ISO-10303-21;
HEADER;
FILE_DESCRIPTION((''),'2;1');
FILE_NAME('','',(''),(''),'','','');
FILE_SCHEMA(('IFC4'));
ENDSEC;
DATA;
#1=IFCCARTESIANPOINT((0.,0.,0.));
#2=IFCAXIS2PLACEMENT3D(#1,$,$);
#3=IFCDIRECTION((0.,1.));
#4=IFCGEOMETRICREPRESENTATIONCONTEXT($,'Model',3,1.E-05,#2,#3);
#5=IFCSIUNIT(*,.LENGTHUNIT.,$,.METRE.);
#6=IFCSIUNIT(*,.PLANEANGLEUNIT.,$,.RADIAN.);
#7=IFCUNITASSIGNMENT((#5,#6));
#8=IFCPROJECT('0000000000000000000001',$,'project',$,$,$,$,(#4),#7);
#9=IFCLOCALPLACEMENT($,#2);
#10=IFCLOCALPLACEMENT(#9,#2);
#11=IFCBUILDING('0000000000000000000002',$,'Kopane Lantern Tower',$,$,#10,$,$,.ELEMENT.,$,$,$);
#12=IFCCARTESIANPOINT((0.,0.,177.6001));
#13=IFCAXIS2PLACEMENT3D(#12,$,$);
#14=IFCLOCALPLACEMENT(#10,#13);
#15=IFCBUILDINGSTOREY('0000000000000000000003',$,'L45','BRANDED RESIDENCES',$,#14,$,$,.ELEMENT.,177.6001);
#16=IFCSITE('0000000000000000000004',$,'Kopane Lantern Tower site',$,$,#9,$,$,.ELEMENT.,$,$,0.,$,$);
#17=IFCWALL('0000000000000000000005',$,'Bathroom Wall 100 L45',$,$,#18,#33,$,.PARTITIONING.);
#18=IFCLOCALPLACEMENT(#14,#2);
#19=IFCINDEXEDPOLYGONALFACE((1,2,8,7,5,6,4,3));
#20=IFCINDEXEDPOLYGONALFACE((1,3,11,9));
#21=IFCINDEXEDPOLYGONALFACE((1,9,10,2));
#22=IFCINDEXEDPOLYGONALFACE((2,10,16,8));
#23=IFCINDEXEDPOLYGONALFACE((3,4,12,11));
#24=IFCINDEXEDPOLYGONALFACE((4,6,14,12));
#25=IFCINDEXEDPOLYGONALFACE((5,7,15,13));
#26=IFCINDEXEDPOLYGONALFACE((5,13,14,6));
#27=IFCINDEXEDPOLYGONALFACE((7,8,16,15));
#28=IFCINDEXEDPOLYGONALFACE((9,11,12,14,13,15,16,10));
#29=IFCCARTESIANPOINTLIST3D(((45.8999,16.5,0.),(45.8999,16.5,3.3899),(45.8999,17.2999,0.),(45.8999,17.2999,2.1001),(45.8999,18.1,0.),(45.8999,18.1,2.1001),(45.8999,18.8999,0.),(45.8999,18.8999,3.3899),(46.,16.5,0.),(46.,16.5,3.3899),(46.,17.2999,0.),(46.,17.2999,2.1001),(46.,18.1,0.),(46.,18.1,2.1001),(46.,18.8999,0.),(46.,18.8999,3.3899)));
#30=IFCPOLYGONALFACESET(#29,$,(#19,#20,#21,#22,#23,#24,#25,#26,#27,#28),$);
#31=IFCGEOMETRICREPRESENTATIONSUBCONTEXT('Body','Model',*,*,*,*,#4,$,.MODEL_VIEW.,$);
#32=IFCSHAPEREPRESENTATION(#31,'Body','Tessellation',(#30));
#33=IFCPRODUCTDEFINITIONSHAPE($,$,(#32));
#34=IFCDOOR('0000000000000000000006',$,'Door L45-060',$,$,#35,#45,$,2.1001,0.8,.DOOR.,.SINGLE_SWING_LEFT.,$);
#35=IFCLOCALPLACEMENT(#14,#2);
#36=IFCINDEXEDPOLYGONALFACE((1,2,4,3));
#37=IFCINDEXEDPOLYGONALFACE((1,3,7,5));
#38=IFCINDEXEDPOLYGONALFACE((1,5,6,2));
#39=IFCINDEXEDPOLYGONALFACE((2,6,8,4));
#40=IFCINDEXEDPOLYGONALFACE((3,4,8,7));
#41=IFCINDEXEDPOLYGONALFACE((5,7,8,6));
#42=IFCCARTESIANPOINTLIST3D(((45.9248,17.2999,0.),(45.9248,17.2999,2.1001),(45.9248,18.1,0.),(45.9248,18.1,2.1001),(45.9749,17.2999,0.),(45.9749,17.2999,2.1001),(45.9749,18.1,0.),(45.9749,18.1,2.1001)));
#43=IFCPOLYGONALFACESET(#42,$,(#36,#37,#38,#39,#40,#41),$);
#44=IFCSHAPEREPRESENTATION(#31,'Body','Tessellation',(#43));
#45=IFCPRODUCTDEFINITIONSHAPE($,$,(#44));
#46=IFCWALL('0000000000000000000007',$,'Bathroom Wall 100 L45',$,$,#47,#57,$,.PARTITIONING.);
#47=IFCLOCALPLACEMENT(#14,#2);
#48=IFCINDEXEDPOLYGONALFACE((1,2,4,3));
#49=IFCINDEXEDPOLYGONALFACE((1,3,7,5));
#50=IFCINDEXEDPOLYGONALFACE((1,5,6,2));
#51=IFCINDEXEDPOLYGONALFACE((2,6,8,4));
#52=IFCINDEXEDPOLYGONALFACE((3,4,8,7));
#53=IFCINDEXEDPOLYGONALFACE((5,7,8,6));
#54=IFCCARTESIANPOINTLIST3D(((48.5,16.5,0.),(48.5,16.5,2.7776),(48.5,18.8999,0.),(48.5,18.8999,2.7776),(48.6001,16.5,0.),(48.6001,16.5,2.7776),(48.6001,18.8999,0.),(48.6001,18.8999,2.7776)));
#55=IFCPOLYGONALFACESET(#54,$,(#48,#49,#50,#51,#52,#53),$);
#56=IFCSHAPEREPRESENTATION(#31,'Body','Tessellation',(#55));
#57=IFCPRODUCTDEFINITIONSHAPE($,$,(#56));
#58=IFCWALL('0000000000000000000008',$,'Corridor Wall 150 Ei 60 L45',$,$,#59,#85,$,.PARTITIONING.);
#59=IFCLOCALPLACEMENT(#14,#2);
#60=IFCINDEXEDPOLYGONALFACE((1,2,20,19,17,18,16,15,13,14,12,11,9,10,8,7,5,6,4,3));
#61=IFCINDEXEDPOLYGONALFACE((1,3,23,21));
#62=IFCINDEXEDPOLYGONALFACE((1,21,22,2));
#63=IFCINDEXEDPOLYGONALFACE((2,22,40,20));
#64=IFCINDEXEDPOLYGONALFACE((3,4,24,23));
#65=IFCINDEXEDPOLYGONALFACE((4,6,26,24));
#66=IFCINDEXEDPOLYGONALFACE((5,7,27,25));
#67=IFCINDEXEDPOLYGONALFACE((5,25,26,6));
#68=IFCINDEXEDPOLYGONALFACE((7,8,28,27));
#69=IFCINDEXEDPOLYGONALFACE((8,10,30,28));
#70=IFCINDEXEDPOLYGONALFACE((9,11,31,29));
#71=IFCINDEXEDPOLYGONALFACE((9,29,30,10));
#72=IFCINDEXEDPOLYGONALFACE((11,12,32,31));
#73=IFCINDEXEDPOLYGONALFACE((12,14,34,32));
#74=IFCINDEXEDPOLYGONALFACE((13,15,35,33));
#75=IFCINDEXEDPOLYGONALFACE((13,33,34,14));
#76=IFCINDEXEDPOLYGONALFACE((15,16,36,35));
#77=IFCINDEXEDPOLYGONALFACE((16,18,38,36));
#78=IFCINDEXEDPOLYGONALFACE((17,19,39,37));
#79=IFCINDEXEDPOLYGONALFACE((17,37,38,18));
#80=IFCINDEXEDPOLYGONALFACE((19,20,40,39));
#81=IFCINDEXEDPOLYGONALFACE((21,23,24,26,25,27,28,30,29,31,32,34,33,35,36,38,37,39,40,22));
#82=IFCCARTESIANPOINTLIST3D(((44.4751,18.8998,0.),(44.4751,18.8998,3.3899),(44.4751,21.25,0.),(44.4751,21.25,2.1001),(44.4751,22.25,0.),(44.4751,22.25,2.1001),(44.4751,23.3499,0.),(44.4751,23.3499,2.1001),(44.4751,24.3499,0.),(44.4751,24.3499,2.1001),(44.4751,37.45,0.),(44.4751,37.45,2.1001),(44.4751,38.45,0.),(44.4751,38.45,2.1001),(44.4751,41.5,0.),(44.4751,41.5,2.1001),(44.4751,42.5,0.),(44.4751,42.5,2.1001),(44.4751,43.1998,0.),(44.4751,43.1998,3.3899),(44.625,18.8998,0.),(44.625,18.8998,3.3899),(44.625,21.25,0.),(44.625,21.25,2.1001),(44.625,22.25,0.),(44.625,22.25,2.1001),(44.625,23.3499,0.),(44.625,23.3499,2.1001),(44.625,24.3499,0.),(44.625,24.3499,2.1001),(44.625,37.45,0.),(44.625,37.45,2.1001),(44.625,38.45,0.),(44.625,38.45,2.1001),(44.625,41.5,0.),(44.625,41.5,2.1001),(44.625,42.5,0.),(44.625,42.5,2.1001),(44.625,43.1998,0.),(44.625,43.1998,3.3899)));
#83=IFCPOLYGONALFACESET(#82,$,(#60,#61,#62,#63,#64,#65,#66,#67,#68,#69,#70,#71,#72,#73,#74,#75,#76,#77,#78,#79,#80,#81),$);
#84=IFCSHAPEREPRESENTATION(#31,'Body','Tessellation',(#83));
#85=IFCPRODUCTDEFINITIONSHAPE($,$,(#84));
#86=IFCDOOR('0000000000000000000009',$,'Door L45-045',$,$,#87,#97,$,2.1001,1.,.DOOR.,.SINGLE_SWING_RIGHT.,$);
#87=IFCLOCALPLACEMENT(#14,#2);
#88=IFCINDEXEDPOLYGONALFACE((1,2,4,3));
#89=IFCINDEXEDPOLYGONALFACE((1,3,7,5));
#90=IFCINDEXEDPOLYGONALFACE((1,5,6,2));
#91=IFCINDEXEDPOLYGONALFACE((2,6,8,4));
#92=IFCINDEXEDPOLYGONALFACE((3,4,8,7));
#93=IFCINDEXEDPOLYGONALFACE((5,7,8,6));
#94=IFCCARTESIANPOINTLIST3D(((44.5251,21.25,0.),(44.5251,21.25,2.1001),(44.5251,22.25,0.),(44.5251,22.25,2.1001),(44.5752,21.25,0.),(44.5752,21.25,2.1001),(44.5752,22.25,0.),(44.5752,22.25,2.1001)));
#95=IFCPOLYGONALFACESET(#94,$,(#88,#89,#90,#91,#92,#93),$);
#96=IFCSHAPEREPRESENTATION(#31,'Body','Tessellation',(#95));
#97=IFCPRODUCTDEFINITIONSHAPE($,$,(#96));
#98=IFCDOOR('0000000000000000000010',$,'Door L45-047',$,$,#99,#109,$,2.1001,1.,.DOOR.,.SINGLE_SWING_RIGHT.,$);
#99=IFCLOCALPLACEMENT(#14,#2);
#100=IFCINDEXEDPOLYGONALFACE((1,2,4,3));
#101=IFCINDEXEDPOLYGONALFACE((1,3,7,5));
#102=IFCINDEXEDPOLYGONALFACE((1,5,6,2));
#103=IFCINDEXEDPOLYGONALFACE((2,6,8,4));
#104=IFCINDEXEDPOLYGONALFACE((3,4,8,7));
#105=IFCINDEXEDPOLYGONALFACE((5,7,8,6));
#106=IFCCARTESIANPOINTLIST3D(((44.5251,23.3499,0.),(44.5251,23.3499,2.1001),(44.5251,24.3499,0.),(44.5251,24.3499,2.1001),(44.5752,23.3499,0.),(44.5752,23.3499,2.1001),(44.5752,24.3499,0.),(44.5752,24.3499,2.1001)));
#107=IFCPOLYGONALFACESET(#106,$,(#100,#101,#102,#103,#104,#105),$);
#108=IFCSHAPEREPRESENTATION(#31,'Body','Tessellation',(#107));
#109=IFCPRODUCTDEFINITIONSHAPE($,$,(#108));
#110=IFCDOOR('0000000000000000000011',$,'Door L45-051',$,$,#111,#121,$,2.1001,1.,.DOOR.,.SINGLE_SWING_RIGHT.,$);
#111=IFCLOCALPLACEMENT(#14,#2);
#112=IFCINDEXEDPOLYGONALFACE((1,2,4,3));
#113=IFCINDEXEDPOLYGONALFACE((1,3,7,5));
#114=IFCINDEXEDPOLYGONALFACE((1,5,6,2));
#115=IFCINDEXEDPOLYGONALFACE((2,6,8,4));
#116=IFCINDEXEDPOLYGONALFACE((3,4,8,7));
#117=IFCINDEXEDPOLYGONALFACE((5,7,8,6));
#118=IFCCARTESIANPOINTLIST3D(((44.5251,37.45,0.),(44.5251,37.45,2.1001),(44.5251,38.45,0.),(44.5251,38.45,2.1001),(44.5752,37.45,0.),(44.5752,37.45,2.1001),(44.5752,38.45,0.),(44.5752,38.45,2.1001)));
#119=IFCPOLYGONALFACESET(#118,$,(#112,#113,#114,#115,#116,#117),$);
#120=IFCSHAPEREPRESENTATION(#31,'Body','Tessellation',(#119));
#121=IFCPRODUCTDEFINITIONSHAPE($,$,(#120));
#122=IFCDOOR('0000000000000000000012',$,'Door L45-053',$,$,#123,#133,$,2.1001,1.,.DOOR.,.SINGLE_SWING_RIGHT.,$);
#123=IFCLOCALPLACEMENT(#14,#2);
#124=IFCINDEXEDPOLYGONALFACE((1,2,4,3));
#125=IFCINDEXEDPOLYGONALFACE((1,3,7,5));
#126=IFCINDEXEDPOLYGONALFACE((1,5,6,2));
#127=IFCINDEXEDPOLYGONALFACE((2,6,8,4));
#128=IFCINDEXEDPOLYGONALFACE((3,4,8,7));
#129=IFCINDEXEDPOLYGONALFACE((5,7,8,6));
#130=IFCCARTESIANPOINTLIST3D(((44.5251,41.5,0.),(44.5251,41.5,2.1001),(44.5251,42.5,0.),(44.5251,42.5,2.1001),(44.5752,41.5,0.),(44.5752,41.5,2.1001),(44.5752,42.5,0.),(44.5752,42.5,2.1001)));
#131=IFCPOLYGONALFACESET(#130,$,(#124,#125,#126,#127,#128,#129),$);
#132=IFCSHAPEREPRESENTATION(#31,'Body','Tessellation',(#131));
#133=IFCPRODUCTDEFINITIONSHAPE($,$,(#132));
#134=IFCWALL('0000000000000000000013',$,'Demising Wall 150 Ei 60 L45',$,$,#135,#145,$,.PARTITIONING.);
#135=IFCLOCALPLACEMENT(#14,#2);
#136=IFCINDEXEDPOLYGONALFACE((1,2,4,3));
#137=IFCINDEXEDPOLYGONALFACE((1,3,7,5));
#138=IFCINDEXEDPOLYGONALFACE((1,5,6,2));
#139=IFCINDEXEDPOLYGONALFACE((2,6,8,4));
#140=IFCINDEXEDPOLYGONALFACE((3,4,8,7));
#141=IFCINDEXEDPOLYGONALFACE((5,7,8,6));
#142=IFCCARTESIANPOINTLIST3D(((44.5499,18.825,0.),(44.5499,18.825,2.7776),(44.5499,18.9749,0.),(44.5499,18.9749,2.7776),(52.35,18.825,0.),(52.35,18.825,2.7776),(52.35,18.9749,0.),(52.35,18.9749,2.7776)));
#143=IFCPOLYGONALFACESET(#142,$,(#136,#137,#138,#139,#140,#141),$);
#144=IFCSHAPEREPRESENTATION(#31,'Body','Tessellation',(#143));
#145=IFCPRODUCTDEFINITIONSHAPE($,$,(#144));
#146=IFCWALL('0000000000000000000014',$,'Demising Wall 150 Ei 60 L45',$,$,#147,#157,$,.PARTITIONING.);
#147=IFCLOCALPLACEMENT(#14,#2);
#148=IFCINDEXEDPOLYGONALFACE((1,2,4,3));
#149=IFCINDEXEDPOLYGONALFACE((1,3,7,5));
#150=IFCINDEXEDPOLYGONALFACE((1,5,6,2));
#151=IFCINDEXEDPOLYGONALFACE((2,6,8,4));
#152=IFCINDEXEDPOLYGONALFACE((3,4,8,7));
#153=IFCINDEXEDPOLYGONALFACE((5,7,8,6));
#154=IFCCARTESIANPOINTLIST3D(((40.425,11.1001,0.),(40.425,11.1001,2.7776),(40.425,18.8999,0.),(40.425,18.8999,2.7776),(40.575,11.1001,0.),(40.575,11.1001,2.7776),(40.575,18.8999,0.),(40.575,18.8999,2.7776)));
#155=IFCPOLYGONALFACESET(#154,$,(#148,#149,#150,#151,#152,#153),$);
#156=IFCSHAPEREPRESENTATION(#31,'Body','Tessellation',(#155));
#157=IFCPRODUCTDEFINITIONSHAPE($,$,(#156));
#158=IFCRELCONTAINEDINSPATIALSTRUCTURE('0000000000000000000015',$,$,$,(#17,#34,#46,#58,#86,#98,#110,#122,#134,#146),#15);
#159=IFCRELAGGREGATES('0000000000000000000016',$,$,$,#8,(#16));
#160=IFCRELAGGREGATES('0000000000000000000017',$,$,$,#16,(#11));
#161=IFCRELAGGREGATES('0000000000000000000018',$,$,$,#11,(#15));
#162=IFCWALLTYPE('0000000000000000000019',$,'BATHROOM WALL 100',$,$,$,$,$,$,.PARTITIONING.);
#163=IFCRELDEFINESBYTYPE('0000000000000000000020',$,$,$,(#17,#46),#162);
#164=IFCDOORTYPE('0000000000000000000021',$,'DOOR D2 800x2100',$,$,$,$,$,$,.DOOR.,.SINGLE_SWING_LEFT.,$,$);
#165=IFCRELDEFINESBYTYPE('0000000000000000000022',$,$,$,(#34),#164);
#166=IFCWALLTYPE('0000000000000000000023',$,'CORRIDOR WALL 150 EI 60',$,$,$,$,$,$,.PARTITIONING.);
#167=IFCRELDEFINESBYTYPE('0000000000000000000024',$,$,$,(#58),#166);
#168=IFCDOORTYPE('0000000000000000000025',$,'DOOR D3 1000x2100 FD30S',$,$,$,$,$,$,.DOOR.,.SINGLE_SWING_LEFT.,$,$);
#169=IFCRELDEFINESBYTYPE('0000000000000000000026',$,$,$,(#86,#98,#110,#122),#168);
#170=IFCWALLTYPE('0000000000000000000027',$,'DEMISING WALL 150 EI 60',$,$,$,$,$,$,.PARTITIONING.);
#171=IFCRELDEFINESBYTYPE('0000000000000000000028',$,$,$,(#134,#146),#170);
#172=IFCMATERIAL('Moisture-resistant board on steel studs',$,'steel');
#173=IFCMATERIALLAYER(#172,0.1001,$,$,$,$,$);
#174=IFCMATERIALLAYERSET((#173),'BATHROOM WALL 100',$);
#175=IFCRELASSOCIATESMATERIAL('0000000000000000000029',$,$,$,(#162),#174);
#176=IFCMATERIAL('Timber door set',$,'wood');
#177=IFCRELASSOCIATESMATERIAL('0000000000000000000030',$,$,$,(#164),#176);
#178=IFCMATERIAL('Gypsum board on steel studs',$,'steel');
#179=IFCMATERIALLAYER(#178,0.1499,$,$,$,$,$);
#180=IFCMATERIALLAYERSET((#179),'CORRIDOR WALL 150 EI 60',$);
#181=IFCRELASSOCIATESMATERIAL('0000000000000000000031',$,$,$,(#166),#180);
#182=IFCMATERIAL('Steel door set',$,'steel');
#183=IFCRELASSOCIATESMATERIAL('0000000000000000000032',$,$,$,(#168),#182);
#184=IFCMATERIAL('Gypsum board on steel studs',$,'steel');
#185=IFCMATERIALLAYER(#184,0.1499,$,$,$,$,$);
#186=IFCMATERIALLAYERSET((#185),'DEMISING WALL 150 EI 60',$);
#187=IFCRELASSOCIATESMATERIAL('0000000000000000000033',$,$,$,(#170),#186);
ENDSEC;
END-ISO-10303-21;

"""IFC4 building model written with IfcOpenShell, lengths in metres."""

from ifc_helpers import new_model, si_unit, direction, frame, frame_2d, origin, place, context, subcontext, project, spatial, rectangle, extrude, material, layer, layer_set, type_object, element, fill, save


model = new_model("IFC4")

# Units and contexts
model_context = context("Model", 3, precision=1e-05, world=origin(), true_north=direction((0.0, 1.0)))
body_context = subcontext(model_context, "Body", "Model", "MODEL_VIEW")
ifc_project = project(units=[si_unit("LENGTHUNIT", "METRE"), si_unit("PLANEANGLEUNIT", "RADIAN")], contexts=[model_context])

# Site, building, storey
site_placement = place(None, origin())
site = spatial("IfcSite", under=ifc_project, at=site_placement, Name="Kopane Lantern Tower site", CompositionType="ELEMENT", RefElevation=0.0)
building_placement = place(site_placement, origin())
building = spatial("IfcBuilding", under=site, at=building_placement, Name="Kopane Lantern Tower", CompositionType="ELEMENT")
storey_placement = place(building_placement, frame((0.0, 0.0, 177.6001)))
storey = spatial("IfcBuildingStorey", under=building, at=storey_placement, Name="L45", Description="BRANDED RESIDENCES", CompositionType="ELEMENT", Elevation=177.6001)

# Shared definitions
ifc_material_1 = material(Name="Moisture-resistant board on steel studs", Category="steel")
ifc_layer_1 = layer(ifc_material_1, 0.1001)
ifc_layer_set_1 = layer_set([ifc_layer_1], Name="BATHROOM WALL 100")
wall_type_1 = type_object("IfcWallType", Name="BATHROOM WALL 100", PredefinedType="PARTITIONING", material=ifc_layer_set_1)

# Wall, opening, door
wall_1_placement = place(storey_placement, frame((45.95, 18.8999, 0.0), z_axis=(0.0, 0.0, 1.0), x_axis=(0.0, -1.0, 0.0)))
wall_1 = element("IfcWall", 1, at=wall_1_placement, inside=storey, type_object=wall_type_1, Name="Bathroom Wall 100 L45", PredefinedType="PARTITIONING", context=body_context, shape_type="SweptSolid", body=[
    extrude(rectangle(XDim=2.3999, YDim=0.1001, at=frame_2d((1.2, 0.0))), origin(), (0.0, 0.0, 1.0), 3.3899),
])
opening_1_placement = place(wall_1_placement, frame((0.8, 0.0, 0.0)))
opening_1 = element("IfcOpeningElement", 2, at=opening_1_placement, cuts=wall_1, PredefinedType="OPENING", context=body_context, shape_type="SweptSolid", body=[
    extrude(rectangle(XDim=0.8, YDim=2.1001, at=frame_2d((0.3999, 1.05))), frame((0.0, 0.0601, 0.0), z_axis=(0.0, -1.0, 0.0), x_axis=(1.0, 0.0, 0.0)), (0.0, 0.0, 1.0), 0.1201),
])
ifc_material_2 = material(Name="Timber door set", Category="wood")
door_type_1 = type_object("IfcDoorType", Name="DOOR D2 800x2100", OperationType="SINGLE_SWING_LEFT", PredefinedType="DOOR", material=ifc_material_2)
door_1_placement = place(opening_1_placement, origin())
door_1 = element("IfcDoor", 3, at=door_1_placement, inside=storey, type_object=door_type_1, Name="Door L45-060", OperationType="SINGLE_SWING_LEFT", OverallHeight=2.1001, OverallWidth=0.8, PredefinedType="DOOR", context=body_context, shape_type="SweptSolid", body=[
    extrude(rectangle(XDim=0.8, YDim=2.1001, at=frame_2d((0.3999, 1.05))), frame((0.0, 0.0249, 0.0), z_axis=(0.0, -1.0, 0.0), x_axis=(1.0, 0.0, 0.0)), (0.0, 0.0, 1.0), 0.05),
])
fill(opening_1, door_1)

# Wall
wall_2_placement = place(storey_placement, frame((48.55, 18.8999, 0.0), z_axis=(0.0, 0.0, 1.0), x_axis=(0.0, -1.0, 0.0)))
element("IfcWall", 4, at=wall_2_placement, inside=storey, type_object=wall_type_1, Name="Bathroom Wall 100 L45", PredefinedType="PARTITIONING", context=body_context, shape_type="SweptSolid", body=[
    extrude(rectangle(XDim=2.3999, YDim=0.1001, at=frame_2d((1.2, 0.0))), origin(), (0.0, 0.0, 1.0), 2.7776),
])

# Wall, openings, doors
ifc_material_3 = material(Name="Gypsum board on steel studs", Category="steel")
ifc_layer_2 = layer(ifc_material_3, 0.1499)
ifc_layer_set_2 = layer_set([ifc_layer_2], Name="CORRIDOR WALL 150 EI 60")
wall_type_2 = type_object("IfcWallType", Name="CORRIDOR WALL 150 EI 60", PredefinedType="PARTITIONING", material=ifc_layer_set_2)
wall_3_placement = place(storey_placement, frame((44.55, 18.8999, 0.0), z_axis=(0.0, 0.0, 1.0), x_axis=(0.0, 1.0, 0.0)))
wall_3 = element("IfcWall", 5, at=wall_3_placement, inside=storey, type_object=wall_type_2, Name="Corridor Wall 150 Ei 60 L45", PredefinedType="PARTITIONING", context=body_context, shape_type="SweptSolid", body=[
    extrude(rectangle(XDim=24.3, YDim=0.1499, at=frame_2d((12.1499, 0.0))), origin(), (0.0, 0.0, 1.0), 3.3899),
])
opening_2_placement = place(wall_3_placement, frame((2.3501, 0.0, 0.0)))
opening_2 = element("IfcOpeningElement", 6, at=opening_2_placement, cuts=wall_3, PredefinedType="OPENING", context=body_context, shape_type="SweptSolid", body=[
    extrude(rectangle(XDim=1.0, YDim=2.1001, at=frame_2d((0.5, 1.05))), frame((0.0, 0.085, 0.0), z_axis=(0.0, -1.0, 0.0), x_axis=(1.0, 0.0, 0.0)), (0.0, 0.0, 1.0), 0.1699),
])
opening_3_placement = place(wall_3_placement, frame((4.45, 0.0, 0.0)))
opening_3 = element("IfcOpeningElement", 7, at=opening_3_placement, cuts=wall_3, PredefinedType="OPENING", context=body_context, shape_type="SweptSolid", body=[
    extrude(rectangle(XDim=1.0, YDim=2.1001, at=frame_2d((0.5, 1.05))), frame((0.0, 0.085, 0.0), z_axis=(0.0, -1.0, 0.0), x_axis=(1.0, 0.0, 0.0)), (0.0, 0.0, 1.0), 0.1699),
])
opening_4_placement = place(wall_3_placement, frame((18.55, 0.0, 0.0)))
opening_4 = element("IfcOpeningElement", 8, at=opening_4_placement, cuts=wall_3, PredefinedType="OPENING", context=body_context, shape_type="SweptSolid", body=[
    extrude(rectangle(XDim=1.0, YDim=2.1001, at=frame_2d((0.5, 1.05))), frame((0.0, 0.085, 0.0), z_axis=(0.0, -1.0, 0.0), x_axis=(1.0, 0.0, 0.0)), (0.0, 0.0, 1.0), 0.1699),
])
opening_5_placement = place(wall_3_placement, frame((22.6001, 0.0, 0.0)))
opening_5 = element("IfcOpeningElement", 9, at=opening_5_placement, cuts=wall_3, PredefinedType="OPENING", context=body_context, shape_type="SweptSolid", body=[
    extrude(rectangle(XDim=1.0, YDim=2.1001, at=frame_2d((0.5, 1.05))), frame((0.0, 0.085, 0.0), z_axis=(0.0, -1.0, 0.0), x_axis=(1.0, 0.0, 0.0)), (0.0, 0.0, 1.0), 0.1699),
])
ifc_material_4 = material(Name="Steel door set", Category="steel")
door_type_2 = type_object("IfcDoorType", Name="DOOR D3 1000x2100 FD30S", OperationType="SINGLE_SWING_LEFT", PredefinedType="DOOR", material=ifc_material_4)
door_2_placement = place(opening_2_placement, origin())
door_2 = element("IfcDoor", 10, at=door_2_placement, inside=storey, type_object=door_type_2, Name="Door L45-045", OperationType="SINGLE_SWING_RIGHT", OverallHeight=2.1001, OverallWidth=1.0, PredefinedType="DOOR", context=body_context, shape_type="SweptSolid", body=[
    extrude(rectangle(XDim=1.0, YDim=2.1001, at=frame_2d((0.5, 1.05))), frame((0.0, 0.0249, 0.0), z_axis=(0.0, -1.0, 0.0), x_axis=(1.0, 0.0, 0.0)), (0.0, 0.0, 1.0), 0.05),
])
fill(opening_2, door_2)
door_3_placement = place(opening_3_placement, origin())
door_3 = element("IfcDoor", 11, at=door_3_placement, inside=storey, type_object=door_type_2, Name="Door L45-047", OperationType="SINGLE_SWING_RIGHT", OverallHeight=2.1001, OverallWidth=1.0, PredefinedType="DOOR", context=body_context, shape_type="SweptSolid", body=[
    extrude(rectangle(XDim=1.0, YDim=2.1001, at=frame_2d((0.5, 1.05))), frame((0.0, 0.0249, 0.0), z_axis=(0.0, -1.0, 0.0), x_axis=(1.0, 0.0, 0.0)), (0.0, 0.0, 1.0), 0.05),
])
fill(opening_3, door_3)
door_4_placement = place(opening_4_placement, origin())
door_4 = element("IfcDoor", 12, at=door_4_placement, inside=storey, type_object=door_type_2, Name="Door L45-051", OperationType="SINGLE_SWING_RIGHT", OverallHeight=2.1001, OverallWidth=1.0, PredefinedType="DOOR", context=body_context, shape_type="SweptSolid", body=[
    extrude(rectangle(XDim=1.0, YDim=2.1001, at=frame_2d((0.5, 1.05))), frame((0.0, 0.0249, 0.0), z_axis=(0.0, -1.0, 0.0), x_axis=(1.0, 0.0, 0.0)), (0.0, 0.0, 1.0), 0.05),
])
fill(opening_4, door_4)
door_5_placement = place(opening_5_placement, origin())
door_5 = element("IfcDoor", 13, at=door_5_placement, inside=storey, type_object=door_type_2, Name="Door L45-053", OperationType="SINGLE_SWING_RIGHT", OverallHeight=2.1001, OverallWidth=1.0, PredefinedType="DOOR", context=body_context, shape_type="SweptSolid", body=[
    extrude(rectangle(XDim=1.0, YDim=2.1001, at=frame_2d((0.5, 1.05))), frame((0.0, 0.0249, 0.0), z_axis=(0.0, -1.0, 0.0), x_axis=(1.0, 0.0, 0.0)), (0.0, 0.0, 1.0), 0.05),
])
fill(opening_5, door_5)

# Walls
ifc_material_5 = material(Name="Gypsum board on steel studs", Category="steel")
ifc_layer_3 = layer(ifc_material_5, 0.1499)
ifc_layer_set_3 = layer_set([ifc_layer_3], Name="DEMISING WALL 150 EI 60")
wall_type_3 = type_object("IfcWallType", Name="DEMISING WALL 150 EI 60", PredefinedType="PARTITIONING", material=ifc_layer_set_3)
wall_4_placement = place(storey_placement, frame((44.55, 18.8999, 0.0), z_axis=(0.0, 0.0, 1.0), x_axis=(1.0, 0.0, 0.0)))
element("IfcWall", 14, at=wall_4_placement, inside=storey, type_object=wall_type_3, Name="Demising Wall 150 Ei 60 L45", PredefinedType="PARTITIONING", context=body_context, shape_type="SweptSolid", body=[
    extrude(rectangle(XDim=7.8, YDim=0.1499, at=frame_2d((3.8999, 0.0))), origin(), (0.0, 0.0, 1.0), 2.7776),
])
wall_5_placement = place(storey_placement, frame((40.5, 18.8999, 0.0), z_axis=(0.0, 0.0, 1.0), x_axis=(0.0, -1.0, 0.0)))
element("IfcWall", 15, at=wall_5_placement, inside=storey, type_object=wall_type_3, Name="Demising Wall 150 Ei 60 L45", PredefinedType="PARTITIONING", context=body_context, shape_type="SweptSolid", body=[
    extrude(rectangle(XDim=7.7998, YDim=0.1499, at=frame_2d((3.8999, 0.0))), origin(), (0.0, 0.0, 1.0), 2.7776),
])

save(model, "model.ifc")
